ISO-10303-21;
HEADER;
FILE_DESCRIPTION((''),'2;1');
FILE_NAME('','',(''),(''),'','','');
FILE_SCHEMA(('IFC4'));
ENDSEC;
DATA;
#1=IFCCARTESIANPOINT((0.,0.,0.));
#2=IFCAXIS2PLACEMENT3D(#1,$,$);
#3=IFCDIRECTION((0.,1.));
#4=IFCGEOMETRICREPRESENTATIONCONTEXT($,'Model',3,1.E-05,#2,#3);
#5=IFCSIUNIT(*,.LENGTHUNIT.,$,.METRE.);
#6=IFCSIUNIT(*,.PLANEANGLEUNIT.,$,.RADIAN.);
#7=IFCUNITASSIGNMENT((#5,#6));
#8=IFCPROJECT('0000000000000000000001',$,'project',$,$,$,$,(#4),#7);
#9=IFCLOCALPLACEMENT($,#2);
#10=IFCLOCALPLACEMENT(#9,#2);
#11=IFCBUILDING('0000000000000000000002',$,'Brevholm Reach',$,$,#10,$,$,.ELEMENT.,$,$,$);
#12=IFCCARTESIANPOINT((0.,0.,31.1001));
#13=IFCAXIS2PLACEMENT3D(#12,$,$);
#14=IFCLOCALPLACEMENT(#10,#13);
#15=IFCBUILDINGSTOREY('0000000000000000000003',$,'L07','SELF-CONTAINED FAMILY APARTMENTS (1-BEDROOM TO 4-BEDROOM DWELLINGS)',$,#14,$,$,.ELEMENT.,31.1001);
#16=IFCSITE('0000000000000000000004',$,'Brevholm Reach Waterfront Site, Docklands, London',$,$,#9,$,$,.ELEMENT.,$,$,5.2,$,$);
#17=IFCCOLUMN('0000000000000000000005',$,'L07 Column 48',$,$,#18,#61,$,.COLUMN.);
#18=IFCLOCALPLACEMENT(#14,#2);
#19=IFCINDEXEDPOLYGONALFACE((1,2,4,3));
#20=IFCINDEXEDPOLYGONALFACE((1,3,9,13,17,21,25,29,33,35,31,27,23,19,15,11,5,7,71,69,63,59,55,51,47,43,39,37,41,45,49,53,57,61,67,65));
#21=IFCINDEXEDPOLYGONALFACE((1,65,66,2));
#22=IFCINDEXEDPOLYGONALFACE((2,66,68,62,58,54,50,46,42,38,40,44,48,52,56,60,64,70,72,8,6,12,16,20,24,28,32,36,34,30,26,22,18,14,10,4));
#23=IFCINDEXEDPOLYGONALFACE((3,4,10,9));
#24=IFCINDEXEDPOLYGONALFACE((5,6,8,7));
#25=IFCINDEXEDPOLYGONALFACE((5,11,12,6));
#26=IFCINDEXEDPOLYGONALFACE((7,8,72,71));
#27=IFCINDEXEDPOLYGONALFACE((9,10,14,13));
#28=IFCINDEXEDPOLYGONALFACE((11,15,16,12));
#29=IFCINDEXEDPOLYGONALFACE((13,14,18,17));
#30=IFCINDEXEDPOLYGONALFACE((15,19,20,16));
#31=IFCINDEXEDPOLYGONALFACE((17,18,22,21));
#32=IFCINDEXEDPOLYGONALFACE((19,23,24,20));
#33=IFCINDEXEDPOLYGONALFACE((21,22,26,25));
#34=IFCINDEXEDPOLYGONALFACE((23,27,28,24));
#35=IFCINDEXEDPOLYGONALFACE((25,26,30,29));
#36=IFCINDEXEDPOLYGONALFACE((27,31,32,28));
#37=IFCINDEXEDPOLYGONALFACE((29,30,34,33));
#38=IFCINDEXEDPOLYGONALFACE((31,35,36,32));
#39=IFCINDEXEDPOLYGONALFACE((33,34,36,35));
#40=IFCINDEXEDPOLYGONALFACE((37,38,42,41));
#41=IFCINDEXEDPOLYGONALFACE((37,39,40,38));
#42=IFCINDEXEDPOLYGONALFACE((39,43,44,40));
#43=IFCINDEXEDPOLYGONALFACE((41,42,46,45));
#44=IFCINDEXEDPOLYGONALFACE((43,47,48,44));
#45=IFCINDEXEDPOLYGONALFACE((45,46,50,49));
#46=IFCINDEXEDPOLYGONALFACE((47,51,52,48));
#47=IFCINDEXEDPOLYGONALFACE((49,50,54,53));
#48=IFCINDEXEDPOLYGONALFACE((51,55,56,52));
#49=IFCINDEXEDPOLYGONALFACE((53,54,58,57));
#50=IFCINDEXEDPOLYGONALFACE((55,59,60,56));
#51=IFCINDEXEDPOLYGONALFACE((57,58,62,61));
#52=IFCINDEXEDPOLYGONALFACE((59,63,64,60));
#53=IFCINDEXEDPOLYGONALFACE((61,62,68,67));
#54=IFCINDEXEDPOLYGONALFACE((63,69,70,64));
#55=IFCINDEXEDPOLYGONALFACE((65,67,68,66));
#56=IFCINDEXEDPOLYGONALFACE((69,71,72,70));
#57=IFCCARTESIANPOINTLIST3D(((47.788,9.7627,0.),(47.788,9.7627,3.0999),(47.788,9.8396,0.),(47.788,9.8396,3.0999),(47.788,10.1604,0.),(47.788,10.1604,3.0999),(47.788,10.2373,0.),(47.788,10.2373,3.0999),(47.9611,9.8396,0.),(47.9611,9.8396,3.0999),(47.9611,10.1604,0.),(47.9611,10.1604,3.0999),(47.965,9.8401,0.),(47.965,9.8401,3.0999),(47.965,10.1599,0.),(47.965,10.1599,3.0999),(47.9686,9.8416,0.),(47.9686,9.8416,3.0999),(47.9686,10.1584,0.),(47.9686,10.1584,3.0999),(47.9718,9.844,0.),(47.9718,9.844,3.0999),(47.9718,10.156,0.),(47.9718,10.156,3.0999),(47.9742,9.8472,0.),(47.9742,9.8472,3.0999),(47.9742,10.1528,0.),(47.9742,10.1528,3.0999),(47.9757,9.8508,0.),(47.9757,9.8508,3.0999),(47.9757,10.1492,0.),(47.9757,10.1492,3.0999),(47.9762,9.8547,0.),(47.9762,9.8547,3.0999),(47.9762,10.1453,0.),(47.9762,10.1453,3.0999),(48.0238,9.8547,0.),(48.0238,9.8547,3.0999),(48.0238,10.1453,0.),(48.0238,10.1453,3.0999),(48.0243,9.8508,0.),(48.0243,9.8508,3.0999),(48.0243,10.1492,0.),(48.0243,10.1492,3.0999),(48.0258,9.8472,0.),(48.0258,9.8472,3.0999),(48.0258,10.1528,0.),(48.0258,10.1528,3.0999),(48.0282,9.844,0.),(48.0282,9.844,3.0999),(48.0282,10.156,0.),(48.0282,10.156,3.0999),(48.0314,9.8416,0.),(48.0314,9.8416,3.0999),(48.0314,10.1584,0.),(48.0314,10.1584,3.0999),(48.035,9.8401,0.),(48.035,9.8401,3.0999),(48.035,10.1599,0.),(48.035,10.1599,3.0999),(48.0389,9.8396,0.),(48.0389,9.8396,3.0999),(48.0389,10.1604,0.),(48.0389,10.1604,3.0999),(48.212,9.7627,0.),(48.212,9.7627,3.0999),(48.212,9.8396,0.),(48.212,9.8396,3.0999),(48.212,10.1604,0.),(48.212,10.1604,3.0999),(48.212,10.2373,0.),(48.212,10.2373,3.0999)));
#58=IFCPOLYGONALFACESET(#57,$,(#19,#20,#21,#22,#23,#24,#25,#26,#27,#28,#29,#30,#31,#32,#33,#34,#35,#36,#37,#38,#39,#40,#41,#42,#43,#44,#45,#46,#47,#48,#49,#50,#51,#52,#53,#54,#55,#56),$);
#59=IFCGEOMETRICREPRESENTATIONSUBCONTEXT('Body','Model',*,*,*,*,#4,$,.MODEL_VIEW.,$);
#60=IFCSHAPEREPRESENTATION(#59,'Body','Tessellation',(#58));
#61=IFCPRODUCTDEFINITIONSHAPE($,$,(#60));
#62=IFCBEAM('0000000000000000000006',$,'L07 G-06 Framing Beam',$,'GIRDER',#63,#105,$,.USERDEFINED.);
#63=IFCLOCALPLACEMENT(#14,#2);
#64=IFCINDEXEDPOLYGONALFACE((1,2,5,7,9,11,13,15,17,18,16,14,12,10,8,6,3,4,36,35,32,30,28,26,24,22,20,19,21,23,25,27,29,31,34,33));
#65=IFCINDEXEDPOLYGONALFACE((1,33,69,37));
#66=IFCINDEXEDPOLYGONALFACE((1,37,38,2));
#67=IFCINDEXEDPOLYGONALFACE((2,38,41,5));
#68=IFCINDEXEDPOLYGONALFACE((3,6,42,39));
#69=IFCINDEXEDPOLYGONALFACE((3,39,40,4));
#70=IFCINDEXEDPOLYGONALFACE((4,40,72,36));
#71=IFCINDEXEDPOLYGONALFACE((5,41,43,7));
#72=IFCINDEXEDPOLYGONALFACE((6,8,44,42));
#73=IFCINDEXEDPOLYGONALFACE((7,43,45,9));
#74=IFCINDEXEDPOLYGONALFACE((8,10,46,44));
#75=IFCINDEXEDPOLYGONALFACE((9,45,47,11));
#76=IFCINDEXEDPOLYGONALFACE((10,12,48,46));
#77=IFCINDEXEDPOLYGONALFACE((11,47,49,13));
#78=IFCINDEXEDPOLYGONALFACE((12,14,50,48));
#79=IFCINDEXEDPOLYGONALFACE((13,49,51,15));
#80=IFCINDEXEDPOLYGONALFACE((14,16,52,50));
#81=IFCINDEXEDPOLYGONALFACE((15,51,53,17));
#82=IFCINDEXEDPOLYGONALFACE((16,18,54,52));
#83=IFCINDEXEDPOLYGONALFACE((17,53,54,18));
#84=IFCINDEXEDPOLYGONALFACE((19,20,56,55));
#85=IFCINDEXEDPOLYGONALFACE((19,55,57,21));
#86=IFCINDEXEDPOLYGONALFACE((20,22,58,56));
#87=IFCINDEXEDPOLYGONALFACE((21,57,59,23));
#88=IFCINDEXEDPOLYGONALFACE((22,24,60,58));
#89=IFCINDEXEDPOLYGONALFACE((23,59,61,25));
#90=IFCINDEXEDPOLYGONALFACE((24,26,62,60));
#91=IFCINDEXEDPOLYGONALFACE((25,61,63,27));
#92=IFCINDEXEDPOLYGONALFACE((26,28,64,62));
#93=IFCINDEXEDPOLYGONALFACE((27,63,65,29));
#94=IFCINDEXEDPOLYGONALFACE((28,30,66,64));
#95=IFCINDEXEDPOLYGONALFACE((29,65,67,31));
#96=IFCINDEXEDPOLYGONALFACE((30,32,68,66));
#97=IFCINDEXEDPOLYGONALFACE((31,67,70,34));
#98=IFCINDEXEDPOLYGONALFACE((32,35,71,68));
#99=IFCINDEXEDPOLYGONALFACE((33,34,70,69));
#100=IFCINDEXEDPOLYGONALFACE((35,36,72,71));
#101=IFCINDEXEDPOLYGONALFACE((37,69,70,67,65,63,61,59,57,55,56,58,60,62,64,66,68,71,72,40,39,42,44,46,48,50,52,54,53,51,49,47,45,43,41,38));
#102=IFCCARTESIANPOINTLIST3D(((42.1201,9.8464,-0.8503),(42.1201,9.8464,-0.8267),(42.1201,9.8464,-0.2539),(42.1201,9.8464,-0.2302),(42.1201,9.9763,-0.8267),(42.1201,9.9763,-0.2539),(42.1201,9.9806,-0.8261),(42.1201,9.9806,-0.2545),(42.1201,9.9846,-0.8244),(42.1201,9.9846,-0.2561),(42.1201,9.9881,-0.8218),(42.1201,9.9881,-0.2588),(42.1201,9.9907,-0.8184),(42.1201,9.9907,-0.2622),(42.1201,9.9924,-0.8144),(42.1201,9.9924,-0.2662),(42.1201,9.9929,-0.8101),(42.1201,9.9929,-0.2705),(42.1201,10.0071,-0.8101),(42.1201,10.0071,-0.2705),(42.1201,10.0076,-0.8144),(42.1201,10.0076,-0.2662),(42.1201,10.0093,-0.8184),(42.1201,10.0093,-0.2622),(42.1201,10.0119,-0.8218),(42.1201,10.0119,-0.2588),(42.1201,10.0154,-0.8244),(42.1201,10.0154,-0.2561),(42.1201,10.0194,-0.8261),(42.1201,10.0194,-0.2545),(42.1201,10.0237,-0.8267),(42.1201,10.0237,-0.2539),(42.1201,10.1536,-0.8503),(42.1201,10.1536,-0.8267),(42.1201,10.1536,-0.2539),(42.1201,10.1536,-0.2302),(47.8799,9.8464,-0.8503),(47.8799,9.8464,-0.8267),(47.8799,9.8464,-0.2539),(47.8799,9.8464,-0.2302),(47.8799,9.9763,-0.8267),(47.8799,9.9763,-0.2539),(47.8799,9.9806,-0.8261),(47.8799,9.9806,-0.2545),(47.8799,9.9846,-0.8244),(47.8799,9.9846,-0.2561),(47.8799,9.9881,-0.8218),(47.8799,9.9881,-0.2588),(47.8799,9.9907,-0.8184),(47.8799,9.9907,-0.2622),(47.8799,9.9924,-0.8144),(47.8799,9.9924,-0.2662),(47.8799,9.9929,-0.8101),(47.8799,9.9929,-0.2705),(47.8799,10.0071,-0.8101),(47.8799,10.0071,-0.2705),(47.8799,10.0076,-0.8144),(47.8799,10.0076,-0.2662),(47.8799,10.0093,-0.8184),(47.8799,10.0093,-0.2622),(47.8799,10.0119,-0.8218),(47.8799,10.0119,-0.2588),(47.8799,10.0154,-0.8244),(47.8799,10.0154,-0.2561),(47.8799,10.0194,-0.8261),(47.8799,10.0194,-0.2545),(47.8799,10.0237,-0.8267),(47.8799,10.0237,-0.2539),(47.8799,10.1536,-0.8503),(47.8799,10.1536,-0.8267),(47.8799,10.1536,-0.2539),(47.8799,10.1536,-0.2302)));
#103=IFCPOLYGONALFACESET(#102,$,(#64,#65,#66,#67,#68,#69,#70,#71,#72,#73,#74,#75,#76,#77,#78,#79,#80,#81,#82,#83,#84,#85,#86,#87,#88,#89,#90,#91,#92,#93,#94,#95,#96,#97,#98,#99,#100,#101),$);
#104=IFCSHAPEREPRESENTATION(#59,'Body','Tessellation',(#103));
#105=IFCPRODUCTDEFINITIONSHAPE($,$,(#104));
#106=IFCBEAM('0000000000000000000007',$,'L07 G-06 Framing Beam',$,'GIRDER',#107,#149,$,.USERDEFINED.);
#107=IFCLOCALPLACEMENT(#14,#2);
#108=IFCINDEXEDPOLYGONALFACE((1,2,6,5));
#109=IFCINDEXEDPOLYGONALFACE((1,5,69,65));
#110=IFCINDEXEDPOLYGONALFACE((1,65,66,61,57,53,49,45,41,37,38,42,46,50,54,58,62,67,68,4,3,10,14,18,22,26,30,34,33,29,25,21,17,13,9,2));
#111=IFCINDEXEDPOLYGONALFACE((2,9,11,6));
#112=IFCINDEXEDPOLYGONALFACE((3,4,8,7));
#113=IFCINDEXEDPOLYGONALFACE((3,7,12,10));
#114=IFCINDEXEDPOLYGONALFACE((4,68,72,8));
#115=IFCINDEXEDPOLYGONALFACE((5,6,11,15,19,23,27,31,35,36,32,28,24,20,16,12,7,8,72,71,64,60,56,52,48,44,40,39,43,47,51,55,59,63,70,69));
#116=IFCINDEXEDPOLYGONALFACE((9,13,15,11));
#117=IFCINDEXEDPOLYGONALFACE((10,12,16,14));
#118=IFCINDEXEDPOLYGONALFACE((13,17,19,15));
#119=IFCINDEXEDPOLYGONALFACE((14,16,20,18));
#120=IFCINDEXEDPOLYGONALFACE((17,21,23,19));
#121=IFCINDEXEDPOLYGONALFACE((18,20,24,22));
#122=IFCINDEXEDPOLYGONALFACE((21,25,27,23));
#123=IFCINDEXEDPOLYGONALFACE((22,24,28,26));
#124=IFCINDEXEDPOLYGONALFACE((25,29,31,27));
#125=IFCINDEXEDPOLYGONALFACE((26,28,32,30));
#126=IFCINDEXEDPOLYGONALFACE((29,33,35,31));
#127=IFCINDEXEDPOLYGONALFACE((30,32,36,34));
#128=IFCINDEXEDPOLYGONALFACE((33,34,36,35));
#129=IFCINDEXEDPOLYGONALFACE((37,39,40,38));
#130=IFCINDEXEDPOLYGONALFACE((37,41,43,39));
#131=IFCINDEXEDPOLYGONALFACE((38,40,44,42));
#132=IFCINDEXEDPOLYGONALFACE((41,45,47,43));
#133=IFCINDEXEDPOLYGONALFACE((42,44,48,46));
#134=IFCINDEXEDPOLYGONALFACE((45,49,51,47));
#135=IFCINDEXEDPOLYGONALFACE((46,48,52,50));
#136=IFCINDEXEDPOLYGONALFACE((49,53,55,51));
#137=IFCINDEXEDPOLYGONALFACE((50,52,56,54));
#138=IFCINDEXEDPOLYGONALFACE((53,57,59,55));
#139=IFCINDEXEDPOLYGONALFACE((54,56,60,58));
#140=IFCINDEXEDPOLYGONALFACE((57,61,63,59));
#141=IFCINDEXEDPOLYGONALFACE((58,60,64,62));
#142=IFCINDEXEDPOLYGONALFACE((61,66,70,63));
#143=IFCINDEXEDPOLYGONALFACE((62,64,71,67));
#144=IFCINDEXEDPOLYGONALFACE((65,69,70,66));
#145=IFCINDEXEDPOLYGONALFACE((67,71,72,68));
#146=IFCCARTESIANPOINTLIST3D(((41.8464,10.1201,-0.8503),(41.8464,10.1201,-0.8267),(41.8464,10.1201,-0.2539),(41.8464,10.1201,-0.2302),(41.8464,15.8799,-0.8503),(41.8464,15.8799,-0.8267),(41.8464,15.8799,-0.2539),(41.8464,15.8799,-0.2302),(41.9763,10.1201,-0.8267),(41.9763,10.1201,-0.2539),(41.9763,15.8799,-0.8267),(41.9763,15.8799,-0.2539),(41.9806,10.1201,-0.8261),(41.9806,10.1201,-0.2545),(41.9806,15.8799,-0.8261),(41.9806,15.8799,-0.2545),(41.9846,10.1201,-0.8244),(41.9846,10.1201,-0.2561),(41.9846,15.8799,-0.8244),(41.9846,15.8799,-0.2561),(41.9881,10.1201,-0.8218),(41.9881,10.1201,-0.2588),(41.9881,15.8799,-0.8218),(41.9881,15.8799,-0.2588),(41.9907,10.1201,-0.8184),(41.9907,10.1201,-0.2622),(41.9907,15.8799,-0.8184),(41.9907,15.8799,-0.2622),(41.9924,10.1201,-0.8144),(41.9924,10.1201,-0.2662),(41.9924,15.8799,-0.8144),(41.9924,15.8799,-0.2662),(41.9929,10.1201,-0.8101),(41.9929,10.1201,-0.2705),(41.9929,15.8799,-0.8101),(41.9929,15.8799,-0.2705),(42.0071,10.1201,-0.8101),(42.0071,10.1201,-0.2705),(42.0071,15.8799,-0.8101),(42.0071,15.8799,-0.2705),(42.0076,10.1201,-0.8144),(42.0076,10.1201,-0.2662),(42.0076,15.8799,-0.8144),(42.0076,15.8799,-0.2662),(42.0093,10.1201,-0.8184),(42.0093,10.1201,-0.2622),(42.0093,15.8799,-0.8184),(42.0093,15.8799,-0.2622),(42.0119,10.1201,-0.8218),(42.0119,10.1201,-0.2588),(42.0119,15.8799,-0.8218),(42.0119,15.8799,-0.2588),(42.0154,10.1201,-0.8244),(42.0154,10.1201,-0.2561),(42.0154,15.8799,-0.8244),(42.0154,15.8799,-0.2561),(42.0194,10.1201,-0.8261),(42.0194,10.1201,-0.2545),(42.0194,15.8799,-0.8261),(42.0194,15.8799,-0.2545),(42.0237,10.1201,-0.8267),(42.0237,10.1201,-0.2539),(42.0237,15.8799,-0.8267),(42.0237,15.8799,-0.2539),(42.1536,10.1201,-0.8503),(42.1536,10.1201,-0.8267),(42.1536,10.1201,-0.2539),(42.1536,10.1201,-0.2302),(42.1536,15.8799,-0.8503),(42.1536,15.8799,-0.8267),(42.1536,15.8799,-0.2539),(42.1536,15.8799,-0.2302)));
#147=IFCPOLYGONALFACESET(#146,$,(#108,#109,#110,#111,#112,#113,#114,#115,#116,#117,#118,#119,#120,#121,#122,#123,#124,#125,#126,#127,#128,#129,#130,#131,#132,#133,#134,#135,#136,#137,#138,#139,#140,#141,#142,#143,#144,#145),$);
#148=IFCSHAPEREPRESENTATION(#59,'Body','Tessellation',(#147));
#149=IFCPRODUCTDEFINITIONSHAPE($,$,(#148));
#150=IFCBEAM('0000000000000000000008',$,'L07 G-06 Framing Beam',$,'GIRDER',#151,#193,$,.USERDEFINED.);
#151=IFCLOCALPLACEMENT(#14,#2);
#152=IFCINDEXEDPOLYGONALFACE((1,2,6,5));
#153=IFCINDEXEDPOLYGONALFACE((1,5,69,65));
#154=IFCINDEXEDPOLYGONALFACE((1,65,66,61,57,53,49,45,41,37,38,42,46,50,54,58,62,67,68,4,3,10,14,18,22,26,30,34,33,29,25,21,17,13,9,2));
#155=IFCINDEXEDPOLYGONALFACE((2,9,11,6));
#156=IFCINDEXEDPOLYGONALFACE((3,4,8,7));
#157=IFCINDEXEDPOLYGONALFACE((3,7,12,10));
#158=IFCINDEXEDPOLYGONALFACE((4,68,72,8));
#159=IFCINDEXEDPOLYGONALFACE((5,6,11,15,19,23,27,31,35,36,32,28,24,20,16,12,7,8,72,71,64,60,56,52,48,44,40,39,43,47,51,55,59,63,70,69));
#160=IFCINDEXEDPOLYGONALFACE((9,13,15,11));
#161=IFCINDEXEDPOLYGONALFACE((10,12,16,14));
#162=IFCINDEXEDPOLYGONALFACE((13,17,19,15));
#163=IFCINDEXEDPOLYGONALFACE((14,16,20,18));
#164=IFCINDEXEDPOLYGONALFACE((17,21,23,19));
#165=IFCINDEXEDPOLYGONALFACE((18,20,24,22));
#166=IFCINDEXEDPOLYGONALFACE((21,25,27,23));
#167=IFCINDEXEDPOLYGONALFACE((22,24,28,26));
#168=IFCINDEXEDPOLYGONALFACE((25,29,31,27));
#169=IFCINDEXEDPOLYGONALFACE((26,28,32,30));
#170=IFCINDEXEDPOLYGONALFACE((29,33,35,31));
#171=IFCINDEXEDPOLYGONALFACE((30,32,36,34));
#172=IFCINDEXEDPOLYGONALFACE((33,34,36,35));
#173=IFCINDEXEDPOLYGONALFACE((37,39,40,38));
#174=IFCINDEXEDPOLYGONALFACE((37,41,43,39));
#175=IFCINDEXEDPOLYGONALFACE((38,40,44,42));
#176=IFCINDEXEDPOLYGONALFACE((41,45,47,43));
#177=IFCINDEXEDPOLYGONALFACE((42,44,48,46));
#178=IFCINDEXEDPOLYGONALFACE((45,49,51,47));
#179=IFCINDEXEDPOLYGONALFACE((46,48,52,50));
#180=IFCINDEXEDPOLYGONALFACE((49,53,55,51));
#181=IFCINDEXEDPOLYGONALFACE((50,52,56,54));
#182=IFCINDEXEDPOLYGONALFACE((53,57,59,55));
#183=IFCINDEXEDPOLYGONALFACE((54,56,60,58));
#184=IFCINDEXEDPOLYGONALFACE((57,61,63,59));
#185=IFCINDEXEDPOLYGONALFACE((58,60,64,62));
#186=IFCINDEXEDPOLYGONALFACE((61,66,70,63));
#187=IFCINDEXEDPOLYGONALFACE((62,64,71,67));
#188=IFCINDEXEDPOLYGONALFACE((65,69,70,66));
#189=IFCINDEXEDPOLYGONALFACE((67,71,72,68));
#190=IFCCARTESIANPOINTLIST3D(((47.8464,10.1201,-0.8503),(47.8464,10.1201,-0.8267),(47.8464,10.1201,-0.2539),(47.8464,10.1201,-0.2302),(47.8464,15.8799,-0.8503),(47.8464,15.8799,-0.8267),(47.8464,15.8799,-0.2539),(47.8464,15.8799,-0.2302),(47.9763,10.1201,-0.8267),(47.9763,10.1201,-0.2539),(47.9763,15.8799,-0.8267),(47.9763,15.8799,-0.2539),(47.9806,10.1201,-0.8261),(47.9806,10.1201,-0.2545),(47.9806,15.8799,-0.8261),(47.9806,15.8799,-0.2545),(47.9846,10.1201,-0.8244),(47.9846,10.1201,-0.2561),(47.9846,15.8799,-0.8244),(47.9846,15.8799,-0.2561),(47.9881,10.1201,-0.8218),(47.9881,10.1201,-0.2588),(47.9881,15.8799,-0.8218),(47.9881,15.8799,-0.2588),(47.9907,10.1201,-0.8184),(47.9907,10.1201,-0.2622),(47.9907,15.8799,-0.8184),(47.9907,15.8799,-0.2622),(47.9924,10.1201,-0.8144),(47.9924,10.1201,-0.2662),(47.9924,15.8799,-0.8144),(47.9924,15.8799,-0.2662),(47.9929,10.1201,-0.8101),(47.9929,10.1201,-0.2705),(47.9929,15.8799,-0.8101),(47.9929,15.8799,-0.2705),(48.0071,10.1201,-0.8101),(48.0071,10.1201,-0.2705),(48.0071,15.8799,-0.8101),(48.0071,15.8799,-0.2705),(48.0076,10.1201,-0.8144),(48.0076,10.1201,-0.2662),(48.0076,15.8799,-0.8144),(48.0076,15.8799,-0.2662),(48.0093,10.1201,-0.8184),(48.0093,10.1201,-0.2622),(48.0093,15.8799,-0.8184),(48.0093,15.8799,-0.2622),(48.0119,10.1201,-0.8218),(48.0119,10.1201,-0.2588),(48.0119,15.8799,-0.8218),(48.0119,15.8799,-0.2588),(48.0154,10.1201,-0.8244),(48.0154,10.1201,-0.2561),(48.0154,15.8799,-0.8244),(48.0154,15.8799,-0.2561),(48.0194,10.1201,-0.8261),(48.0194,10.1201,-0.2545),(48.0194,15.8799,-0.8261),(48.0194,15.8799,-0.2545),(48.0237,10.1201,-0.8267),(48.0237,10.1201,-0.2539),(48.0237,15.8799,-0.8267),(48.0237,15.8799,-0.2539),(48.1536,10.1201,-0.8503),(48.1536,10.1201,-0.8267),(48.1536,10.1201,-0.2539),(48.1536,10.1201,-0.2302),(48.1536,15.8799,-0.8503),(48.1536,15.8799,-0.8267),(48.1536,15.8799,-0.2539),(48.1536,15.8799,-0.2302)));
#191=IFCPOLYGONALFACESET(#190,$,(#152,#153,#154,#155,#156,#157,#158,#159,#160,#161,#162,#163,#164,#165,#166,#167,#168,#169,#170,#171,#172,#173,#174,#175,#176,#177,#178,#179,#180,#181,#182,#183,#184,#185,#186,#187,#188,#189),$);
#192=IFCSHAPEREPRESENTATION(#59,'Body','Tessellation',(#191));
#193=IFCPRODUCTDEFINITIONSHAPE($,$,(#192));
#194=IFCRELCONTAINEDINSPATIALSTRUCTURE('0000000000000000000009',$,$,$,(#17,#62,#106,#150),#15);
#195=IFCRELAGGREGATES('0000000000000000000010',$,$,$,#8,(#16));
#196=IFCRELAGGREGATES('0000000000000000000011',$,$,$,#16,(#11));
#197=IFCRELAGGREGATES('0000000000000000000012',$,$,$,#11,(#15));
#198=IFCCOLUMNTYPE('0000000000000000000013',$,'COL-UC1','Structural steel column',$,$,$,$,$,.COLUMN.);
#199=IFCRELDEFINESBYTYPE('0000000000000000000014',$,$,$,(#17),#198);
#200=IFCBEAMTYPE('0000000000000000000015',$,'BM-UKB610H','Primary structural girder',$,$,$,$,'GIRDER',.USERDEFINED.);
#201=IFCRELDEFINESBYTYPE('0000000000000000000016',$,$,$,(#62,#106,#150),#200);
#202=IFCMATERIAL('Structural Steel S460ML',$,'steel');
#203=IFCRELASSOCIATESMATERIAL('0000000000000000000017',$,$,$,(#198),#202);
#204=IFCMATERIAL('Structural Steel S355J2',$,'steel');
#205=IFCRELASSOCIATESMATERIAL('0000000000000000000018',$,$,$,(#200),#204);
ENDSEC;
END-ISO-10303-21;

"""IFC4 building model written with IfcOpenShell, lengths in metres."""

from ifc_helpers import new_model, si_unit, direction, frame, origin, origin_2d, place, context, subcontext, project, spatial, i_section, extrude, material, material_profile, profile_set, type_object, element, save


model = new_model("IFC4")

# Units and contexts
model_context = context("Model", 3, precision=1e-05, world=origin(), true_north=direction((0.0, 1.0)))
body_context = subcontext(model_context, "Body", "Model", "MODEL_VIEW")
ifc_project = project(units=[si_unit("LENGTHUNIT", "METRE"), si_unit("PLANEANGLEUNIT", "RADIAN")], contexts=[model_context])

# Site, building, storey
site_placement = place(None, origin())
site = spatial("IfcSite", under=ifc_project, at=site_placement, Name="Brevholm Reach Waterfront Site, Docklands, London", CompositionType="ELEMENT", RefElevation=5.2)
building_placement = place(site_placement, origin())
building = spatial("IfcBuilding", under=site, at=building_placement, Name="Brevholm Reach", CompositionType="ELEMENT")
storey_placement = place(building_placement, frame((0.0, 0.0, 31.1001)))
storey = spatial("IfcBuildingStorey", under=building, at=storey_placement, Name="L07", Description="SELF-CONTAINED FAMILY APARTMENTS (1-BEDROOM TO 4-BEDROOM DWELLINGS)", CompositionType="ELEMENT", Elevation=31.1001)

# Column
ifc_material_1 = material(Name="Structural Steel S460ML", Category="steel")
ifc_material_profile_1 = material_profile(ifc_material_1, i_section(OverallWidth=0.4241, OverallDepth=0.4746, WebThickness=0.0476, FlangeThickness=0.0769, FilletRadius=0.0151, at=origin_2d()), Name="UKC 356x406x634")
ifc_profile_set_1 = profile_set([ifc_material_profile_1], Name="Structural Steel S460ML")
column_type = type_object("IfcColumnType", Name="COL-UC1", Description="Structural steel column", PredefinedType="COLUMN", material=ifc_profile_set_1)
column_placement = place(storey_placement, frame((48.0, 10.0, 0.0), z_axis=(0.0, 0.0, 1.0), x_axis=(1.0, 0.0, 0.0)))
element("IfcColumn", 1, at=column_placement, inside=storey, type_object=column_type, Name="L07 Column 48", PredefinedType="COLUMN", context=body_context, shape_type="SweptSolid", body=[
    extrude(i_section(OverallWidth=0.4241, OverallDepth=0.4746, WebThickness=0.0476, FlangeThickness=0.0769, FilletRadius=0.0151, at=origin_2d()), origin(), (0.0, 0.0, 1.0), 3.0999),
])

# Beams
ifc_material_2 = material(Name="Structural Steel S355J2", Category="steel")
ifc_material_profile_2 = material_profile(ifc_material_2, i_section(OverallWidth=0.3071, OverallDepth=0.6201, WebThickness=0.0142, FlangeThickness=0.0237, FilletRadius=0.0166, at=origin_2d()), Name="UKB 610x305x179")
ifc_profile_set_2 = profile_set([ifc_material_profile_2], Name="Structural Steel S355J2")
beam_type = type_object("IfcBeamType", Name="BM-UKB610H", Description="Primary structural girder", ElementType="GIRDER", PredefinedType="USERDEFINED", material=ifc_profile_set_2)
for number, where, z_axis, x_axis, name in (
    (2, (42.1201, 10.0, -0.5403), (1.0, 0.0, 0.0), (0.0, 1.0, 0.0), "L07 G-06 Framing Beam"),
    (3, (42.0, 10.1201, -0.5403), (0.0, 1.0, 0.0), (-1.0, 0.0, 0.0), "L07 G-06 Framing Beam"),
    (4, (48.0, 10.1201, -0.5403), (0.0, 1.0, 0.0), (-1.0, 0.0, 0.0), "L07 G-06 Framing Beam"),
):
    element("IfcBeam", number, at=place(storey_placement, frame(where, z_axis=z_axis, x_axis=x_axis)), inside=storey, type_object=beam_type, Name=name, ObjectType="GIRDER", PredefinedType="USERDEFINED", context=body_context, shape_type="SweptSolid", body=[
        extrude(i_section(OverallWidth=0.3071, OverallDepth=0.6201, WebThickness=0.0142, FlangeThickness=0.0237, FilletRadius=0.0166, at=origin_2d()), origin(), (0.0, 0.0, 1.0), 5.7598),
    ])

save(model, "model.ifc")
